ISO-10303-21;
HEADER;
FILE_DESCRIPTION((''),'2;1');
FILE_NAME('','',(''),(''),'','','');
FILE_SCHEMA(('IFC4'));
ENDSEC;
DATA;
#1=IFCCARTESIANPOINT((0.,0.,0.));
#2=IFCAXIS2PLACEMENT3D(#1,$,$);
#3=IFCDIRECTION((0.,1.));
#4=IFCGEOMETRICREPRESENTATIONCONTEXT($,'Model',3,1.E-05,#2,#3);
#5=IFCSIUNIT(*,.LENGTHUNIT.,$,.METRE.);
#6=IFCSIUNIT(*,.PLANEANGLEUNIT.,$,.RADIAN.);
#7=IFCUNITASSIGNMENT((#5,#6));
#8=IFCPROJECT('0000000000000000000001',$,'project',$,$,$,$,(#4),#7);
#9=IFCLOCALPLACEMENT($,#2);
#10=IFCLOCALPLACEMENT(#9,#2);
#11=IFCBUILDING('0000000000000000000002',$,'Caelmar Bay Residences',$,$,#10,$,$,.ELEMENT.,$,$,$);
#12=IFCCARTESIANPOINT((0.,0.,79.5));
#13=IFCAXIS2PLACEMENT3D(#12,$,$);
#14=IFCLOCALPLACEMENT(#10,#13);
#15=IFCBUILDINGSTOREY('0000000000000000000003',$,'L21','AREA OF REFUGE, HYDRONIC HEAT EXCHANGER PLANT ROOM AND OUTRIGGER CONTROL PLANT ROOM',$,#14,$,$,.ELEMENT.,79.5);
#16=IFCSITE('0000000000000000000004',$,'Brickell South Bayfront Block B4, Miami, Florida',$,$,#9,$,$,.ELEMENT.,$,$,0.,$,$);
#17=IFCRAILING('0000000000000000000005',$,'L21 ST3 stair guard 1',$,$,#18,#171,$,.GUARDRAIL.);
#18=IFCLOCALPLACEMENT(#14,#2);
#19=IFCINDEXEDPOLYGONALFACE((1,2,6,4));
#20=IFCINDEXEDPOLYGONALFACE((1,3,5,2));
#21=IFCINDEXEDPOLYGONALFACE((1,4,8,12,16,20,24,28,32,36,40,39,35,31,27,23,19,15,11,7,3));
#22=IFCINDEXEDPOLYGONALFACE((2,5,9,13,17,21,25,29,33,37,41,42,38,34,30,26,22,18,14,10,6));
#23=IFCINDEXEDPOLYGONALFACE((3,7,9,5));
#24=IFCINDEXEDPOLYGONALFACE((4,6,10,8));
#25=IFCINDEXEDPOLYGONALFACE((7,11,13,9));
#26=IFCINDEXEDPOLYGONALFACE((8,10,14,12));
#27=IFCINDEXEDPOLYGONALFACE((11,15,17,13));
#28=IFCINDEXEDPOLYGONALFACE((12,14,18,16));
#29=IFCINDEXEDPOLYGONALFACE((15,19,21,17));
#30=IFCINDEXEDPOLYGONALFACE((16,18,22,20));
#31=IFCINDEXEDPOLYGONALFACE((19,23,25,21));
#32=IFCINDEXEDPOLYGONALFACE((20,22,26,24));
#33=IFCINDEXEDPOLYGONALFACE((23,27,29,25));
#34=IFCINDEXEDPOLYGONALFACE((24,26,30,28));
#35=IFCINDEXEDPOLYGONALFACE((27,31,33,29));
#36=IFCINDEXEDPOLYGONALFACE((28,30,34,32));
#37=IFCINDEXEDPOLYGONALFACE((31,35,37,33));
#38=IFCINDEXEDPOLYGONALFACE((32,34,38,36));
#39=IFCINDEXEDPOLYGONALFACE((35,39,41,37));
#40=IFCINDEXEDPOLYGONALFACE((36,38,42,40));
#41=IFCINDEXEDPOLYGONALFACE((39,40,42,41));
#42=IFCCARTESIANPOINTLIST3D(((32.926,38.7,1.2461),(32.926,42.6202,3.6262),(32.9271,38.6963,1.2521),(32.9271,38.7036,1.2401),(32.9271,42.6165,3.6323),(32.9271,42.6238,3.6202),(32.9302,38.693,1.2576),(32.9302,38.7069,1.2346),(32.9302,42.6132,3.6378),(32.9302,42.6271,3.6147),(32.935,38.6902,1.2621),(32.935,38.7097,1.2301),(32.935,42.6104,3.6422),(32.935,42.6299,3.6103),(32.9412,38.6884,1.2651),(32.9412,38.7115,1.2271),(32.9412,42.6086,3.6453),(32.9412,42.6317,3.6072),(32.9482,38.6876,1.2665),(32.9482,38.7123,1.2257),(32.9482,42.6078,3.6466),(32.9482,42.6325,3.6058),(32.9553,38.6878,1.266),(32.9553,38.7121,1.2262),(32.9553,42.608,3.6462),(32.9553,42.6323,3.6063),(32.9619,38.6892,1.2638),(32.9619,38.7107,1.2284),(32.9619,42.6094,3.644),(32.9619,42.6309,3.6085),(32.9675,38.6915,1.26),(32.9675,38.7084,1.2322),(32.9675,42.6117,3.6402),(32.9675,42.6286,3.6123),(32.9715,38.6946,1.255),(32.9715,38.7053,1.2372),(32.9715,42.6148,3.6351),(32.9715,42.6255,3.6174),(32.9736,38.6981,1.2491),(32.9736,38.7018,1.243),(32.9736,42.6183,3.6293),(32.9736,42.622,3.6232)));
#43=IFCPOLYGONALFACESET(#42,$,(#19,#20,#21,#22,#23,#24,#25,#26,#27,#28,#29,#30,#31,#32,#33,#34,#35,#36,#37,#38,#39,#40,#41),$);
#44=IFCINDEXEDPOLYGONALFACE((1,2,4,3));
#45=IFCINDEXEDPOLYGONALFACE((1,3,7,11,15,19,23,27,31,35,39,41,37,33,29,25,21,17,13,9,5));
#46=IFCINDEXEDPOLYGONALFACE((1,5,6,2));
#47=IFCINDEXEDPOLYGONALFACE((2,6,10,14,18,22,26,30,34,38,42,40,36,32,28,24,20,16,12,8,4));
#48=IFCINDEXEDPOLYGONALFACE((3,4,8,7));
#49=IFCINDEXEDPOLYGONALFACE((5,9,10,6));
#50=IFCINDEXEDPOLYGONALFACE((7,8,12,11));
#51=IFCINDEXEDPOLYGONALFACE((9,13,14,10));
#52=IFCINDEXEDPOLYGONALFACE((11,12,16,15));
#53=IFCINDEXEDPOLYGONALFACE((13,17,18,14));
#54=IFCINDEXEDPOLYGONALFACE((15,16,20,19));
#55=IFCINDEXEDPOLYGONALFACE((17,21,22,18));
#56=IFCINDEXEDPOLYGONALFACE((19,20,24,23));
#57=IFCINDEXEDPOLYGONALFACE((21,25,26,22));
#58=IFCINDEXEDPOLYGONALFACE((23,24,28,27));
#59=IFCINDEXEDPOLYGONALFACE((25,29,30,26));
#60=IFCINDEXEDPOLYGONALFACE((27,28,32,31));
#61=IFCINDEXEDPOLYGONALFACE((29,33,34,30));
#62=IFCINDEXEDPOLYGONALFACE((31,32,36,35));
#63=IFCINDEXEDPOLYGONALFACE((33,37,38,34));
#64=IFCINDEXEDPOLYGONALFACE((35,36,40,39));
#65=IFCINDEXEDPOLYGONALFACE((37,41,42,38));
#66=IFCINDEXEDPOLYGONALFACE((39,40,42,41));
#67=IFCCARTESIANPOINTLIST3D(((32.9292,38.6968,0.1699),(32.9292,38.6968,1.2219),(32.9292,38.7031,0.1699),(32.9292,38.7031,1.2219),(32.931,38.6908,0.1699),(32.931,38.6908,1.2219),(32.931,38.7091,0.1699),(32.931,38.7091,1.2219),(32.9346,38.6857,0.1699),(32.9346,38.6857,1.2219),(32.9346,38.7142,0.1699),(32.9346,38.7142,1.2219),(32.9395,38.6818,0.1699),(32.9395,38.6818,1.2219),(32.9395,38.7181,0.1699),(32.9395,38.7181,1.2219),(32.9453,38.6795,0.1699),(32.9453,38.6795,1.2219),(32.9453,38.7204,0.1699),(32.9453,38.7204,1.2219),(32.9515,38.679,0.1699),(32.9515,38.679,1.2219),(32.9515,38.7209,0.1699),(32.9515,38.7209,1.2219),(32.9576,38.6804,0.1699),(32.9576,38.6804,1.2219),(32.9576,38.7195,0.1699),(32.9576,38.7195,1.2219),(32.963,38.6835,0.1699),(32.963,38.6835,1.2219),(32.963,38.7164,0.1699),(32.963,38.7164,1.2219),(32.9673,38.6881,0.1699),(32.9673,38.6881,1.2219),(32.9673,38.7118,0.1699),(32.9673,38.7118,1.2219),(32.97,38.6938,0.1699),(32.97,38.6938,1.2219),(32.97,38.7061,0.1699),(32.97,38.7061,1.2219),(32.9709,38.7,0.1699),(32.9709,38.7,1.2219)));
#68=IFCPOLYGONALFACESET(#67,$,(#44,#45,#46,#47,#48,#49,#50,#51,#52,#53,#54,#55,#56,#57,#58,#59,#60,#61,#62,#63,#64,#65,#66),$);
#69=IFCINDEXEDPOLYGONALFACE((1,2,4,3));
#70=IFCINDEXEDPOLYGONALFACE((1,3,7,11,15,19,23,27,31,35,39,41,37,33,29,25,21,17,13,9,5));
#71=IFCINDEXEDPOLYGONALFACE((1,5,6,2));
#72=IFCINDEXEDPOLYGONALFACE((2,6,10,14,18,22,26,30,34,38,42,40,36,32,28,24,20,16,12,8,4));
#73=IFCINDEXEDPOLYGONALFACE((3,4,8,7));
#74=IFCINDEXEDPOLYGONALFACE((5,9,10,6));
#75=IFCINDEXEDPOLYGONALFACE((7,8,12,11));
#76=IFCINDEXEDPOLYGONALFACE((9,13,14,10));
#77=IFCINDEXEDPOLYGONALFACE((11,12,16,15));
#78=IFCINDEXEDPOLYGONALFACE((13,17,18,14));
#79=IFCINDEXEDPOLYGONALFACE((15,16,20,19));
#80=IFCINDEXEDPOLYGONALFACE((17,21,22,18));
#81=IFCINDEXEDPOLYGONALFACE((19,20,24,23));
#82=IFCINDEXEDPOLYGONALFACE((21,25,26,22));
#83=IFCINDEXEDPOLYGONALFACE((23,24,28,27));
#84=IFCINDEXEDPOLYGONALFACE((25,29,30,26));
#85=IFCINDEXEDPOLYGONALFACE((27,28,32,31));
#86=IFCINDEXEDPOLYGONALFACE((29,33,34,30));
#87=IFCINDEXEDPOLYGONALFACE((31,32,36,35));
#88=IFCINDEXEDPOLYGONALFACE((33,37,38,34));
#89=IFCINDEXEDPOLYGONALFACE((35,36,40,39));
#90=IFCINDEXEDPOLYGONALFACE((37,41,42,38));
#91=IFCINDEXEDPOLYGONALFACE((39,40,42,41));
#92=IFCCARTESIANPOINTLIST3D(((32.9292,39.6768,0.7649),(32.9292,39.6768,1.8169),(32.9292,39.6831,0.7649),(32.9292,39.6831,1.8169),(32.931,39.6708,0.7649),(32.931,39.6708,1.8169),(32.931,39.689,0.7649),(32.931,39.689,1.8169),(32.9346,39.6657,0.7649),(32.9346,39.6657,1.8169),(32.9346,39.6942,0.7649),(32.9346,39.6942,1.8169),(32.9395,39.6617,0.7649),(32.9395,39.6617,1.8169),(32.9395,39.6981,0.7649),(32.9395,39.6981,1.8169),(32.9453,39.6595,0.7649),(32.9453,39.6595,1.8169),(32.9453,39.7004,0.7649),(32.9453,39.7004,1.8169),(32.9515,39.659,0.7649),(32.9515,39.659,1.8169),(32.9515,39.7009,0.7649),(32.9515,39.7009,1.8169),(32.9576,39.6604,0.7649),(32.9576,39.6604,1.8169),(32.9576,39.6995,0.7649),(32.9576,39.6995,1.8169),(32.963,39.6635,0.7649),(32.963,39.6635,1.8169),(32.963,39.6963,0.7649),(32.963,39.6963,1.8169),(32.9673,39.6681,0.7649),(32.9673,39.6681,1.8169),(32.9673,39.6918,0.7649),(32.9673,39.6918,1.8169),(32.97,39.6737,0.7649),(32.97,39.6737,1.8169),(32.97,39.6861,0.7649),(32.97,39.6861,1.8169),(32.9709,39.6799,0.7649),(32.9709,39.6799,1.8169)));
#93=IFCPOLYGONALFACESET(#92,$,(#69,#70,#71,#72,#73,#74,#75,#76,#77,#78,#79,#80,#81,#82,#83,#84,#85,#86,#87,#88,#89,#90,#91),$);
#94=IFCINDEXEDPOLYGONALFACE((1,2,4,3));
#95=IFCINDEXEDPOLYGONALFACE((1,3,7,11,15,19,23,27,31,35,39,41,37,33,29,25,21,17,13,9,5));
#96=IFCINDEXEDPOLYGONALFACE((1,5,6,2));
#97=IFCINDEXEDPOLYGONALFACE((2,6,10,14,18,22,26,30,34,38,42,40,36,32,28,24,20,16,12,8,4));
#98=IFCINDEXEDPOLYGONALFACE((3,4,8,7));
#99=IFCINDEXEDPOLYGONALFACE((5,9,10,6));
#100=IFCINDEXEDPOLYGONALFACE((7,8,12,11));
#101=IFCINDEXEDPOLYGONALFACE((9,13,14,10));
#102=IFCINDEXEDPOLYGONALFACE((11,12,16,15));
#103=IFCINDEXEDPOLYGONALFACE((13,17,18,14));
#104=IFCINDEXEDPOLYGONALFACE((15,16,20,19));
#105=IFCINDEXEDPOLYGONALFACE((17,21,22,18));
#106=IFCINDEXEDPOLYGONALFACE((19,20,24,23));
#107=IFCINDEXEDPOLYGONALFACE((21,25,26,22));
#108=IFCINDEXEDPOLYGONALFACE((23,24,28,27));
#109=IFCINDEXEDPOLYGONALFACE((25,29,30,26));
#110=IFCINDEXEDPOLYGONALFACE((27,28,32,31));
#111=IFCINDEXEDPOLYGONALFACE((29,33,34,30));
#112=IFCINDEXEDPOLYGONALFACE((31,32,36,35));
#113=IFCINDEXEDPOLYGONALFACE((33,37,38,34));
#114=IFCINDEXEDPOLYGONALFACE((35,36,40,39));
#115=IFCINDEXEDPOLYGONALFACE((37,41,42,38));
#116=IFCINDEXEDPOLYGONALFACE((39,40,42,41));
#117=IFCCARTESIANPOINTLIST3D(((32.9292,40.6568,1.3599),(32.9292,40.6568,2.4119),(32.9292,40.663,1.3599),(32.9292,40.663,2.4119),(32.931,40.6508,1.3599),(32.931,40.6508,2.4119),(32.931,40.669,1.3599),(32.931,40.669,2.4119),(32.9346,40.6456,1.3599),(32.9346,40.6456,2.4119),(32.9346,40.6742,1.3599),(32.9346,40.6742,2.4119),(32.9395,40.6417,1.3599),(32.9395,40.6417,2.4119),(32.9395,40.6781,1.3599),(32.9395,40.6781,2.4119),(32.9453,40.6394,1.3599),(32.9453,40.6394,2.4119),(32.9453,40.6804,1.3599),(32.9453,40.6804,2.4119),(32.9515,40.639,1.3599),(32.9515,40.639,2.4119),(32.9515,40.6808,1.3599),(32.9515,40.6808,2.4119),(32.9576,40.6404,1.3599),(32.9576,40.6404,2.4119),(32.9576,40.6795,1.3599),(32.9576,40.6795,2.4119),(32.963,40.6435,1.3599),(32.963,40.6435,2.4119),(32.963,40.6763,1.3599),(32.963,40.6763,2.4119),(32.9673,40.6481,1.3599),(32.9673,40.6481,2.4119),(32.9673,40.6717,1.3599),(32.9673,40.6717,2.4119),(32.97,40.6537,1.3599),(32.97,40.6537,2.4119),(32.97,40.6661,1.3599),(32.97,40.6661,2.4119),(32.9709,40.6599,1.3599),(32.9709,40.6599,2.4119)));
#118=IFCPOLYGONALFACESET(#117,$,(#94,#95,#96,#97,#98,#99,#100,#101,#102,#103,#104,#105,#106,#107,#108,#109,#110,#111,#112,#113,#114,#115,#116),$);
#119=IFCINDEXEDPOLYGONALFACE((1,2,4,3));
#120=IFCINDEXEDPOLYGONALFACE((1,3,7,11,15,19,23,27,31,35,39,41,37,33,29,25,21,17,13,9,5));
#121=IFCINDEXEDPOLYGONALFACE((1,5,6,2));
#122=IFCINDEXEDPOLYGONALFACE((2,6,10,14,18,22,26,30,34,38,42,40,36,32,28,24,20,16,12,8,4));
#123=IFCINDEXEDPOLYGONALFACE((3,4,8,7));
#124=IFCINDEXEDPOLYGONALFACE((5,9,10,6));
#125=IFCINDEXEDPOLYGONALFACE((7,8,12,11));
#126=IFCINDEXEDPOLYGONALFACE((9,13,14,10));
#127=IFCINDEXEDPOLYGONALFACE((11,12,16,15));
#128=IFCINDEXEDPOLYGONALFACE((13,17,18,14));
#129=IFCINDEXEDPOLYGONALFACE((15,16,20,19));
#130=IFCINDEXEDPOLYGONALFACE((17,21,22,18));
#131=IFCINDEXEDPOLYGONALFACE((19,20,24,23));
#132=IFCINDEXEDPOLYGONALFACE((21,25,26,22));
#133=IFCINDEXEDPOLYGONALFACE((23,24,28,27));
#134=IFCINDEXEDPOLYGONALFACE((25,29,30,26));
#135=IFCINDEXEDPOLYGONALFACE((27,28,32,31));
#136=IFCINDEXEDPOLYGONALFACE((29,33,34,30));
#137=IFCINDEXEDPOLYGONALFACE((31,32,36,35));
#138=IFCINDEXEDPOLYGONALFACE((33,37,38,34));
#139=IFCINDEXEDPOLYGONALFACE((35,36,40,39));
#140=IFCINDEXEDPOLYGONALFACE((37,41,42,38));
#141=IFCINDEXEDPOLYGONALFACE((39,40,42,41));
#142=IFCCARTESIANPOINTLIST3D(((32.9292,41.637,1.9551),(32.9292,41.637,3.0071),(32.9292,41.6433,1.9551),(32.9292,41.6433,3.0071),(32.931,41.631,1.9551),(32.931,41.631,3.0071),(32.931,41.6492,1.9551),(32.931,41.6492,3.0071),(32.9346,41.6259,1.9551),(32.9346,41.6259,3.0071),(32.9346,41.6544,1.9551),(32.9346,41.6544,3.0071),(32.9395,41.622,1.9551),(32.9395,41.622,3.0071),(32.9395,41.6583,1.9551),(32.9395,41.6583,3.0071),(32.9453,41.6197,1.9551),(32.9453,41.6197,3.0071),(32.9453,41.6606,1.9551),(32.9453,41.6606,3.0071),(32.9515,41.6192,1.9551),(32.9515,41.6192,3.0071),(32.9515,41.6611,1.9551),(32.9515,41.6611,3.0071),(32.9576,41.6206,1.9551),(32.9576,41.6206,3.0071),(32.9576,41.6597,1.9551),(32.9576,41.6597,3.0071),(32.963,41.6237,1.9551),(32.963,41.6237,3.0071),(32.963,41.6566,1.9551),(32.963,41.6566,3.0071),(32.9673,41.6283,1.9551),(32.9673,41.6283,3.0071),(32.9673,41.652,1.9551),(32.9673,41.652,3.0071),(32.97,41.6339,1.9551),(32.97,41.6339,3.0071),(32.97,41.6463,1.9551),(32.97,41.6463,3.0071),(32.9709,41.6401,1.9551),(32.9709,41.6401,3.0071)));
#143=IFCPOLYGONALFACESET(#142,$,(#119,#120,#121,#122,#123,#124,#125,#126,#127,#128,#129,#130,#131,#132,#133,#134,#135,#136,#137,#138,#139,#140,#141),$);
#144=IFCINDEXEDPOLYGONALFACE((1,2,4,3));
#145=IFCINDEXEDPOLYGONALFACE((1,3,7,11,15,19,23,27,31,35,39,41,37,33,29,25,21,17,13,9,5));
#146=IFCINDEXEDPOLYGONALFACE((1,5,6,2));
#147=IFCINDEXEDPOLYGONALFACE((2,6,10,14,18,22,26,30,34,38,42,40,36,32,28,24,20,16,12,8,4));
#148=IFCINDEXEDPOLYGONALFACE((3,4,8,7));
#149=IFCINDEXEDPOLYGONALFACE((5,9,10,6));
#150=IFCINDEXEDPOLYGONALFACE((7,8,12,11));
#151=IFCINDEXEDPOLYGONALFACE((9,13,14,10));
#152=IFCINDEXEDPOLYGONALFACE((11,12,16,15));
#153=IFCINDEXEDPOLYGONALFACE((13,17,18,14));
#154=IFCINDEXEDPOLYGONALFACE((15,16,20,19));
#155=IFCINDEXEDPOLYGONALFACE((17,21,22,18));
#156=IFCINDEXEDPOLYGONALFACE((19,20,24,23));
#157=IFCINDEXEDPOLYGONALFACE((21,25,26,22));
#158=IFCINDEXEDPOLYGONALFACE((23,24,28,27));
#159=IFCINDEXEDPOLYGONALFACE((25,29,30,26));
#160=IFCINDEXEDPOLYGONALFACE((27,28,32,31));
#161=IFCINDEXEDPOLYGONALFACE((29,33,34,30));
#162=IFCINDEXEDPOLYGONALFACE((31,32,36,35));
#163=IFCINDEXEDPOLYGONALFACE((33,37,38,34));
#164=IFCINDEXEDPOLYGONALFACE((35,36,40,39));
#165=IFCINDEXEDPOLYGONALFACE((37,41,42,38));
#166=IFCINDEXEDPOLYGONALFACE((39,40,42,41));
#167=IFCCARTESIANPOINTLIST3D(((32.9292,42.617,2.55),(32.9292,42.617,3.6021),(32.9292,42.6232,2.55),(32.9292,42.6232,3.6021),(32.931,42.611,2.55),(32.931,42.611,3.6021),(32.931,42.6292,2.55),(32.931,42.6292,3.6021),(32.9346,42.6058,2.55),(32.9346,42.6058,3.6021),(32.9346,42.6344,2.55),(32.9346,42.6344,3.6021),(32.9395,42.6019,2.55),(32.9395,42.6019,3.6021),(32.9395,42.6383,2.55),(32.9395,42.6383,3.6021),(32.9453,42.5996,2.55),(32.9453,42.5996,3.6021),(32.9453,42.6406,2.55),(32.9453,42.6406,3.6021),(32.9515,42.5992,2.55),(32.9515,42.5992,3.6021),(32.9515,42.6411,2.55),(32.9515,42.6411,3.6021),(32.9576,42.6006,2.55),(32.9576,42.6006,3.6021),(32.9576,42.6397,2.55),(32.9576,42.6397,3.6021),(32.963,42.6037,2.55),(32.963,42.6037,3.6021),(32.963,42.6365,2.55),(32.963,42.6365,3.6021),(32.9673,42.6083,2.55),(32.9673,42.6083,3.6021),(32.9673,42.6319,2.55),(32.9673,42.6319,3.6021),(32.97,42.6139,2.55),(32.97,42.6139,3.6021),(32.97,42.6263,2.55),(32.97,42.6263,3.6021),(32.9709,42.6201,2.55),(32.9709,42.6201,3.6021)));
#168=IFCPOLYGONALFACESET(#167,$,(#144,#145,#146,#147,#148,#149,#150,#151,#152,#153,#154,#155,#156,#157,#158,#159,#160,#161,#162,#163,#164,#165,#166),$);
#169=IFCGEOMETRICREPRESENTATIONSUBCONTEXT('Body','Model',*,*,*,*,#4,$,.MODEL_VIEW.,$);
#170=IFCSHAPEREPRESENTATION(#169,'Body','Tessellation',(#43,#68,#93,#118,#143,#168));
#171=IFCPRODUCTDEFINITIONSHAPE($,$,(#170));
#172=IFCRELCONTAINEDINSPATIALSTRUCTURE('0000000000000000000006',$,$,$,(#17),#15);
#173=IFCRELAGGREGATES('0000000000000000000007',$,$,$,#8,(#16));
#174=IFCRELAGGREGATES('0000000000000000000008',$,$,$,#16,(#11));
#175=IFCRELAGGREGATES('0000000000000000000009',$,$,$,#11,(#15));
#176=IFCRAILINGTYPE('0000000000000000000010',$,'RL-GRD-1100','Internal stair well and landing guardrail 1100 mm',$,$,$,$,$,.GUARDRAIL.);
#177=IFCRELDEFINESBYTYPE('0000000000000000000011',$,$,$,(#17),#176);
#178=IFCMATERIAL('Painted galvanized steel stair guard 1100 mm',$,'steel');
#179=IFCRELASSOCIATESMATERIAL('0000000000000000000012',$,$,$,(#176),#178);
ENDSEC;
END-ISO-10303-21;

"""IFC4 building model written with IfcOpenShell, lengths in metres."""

from ifc_helpers import new_model, si_unit, direction, frame, origin, origin_2d, place, context, subcontext, project, spatial, circle, extrude, material, type_object, element, save


model = new_model("IFC4")

# Units and contexts
model_context = context("Model", 3, precision=1e-05, world=origin(), true_north=direction((0.0, 1.0)))
body_context = subcontext(model_context, "Body", "Model", "MODEL_VIEW")
ifc_project = project(units=[si_unit("LENGTHUNIT", "METRE"), si_unit("PLANEANGLEUNIT", "RADIAN")], contexts=[model_context])

# Site, building, storey
site_placement = place(None, origin())
site = spatial("IfcSite", under=ifc_project, at=site_placement, Name="Brickell South Bayfront Block B4, Miami, Florida", CompositionType="ELEMENT", RefElevation=0.0)
building_placement = place(site_placement, origin())
building = spatial("IfcBuilding", under=site, at=building_placement, Name="Caelmar Bay Residences", CompositionType="ELEMENT")
storey_placement = place(building_placement, frame((0.0, 0.0, 79.5)))
storey = spatial("IfcBuildingStorey", under=building, at=storey_placement, Name="L21", Description="AREA OF REFUGE, HYDRONIC HEAT EXCHANGER PLANT ROOM AND OUTRIGGER CONTROL PLANT ROOM", CompositionType="ELEMENT", Elevation=79.5)

# Railing
ifc_material_1 = material(Name="Painted galvanized steel stair guard 1100 mm", Category="steel")
railing_type_1 = type_object("IfcRailingType", Name="RL-GRD-1100", Description="Internal stair well and landing guardrail 1100 mm", PredefinedType="GUARDRAIL", material=ifc_material_1)
railing_1_placement = place(storey_placement, frame((32.95, 38.7, 0.1699)))
element("IfcRailing", 1, at=railing_1_placement, inside=storey, type_object=railing_type_1, Name="L21 ST3 stair guard 1", PredefinedType="GUARDRAIL", context=body_context, shape_type="SweptSolid", body=[
    extrude(circle(Radius=0.0239, at=origin_2d()), frame((0.0, 0.0, 1.0762), z_axis=(0.0, 0.854785, 0.518982), x_axis=(-1.0, 0.0, 0.0)), (0.0, 0.0, 1.0), 4.5862),
    extrude(circle(Radius=0.021, at=origin_2d()), origin(), (0.0, 0.0, 1.0), 1.052),
    extrude(circle(Radius=0.021, at=origin_2d()), frame((0.0, 0.98, 0.595)), (0.0, 0.0, 1.0), 1.052),
    extrude(circle(Radius=0.021, at=origin_2d()), frame((0.0, 1.96, 1.1899)), (0.0, 0.0, 1.0), 1.052),
    extrude(circle(Radius=0.021, at=origin_2d()), frame((0.0, 2.9402, 1.7852)), (0.0, 0.0, 1.0), 1.052),
    extrude(circle(Radius=0.021, at=origin_2d()), frame((0.0, 3.9202, 2.3801)), (0.0, 0.0, 1.0), 1.052),
])

save(model, "model.ifc")
